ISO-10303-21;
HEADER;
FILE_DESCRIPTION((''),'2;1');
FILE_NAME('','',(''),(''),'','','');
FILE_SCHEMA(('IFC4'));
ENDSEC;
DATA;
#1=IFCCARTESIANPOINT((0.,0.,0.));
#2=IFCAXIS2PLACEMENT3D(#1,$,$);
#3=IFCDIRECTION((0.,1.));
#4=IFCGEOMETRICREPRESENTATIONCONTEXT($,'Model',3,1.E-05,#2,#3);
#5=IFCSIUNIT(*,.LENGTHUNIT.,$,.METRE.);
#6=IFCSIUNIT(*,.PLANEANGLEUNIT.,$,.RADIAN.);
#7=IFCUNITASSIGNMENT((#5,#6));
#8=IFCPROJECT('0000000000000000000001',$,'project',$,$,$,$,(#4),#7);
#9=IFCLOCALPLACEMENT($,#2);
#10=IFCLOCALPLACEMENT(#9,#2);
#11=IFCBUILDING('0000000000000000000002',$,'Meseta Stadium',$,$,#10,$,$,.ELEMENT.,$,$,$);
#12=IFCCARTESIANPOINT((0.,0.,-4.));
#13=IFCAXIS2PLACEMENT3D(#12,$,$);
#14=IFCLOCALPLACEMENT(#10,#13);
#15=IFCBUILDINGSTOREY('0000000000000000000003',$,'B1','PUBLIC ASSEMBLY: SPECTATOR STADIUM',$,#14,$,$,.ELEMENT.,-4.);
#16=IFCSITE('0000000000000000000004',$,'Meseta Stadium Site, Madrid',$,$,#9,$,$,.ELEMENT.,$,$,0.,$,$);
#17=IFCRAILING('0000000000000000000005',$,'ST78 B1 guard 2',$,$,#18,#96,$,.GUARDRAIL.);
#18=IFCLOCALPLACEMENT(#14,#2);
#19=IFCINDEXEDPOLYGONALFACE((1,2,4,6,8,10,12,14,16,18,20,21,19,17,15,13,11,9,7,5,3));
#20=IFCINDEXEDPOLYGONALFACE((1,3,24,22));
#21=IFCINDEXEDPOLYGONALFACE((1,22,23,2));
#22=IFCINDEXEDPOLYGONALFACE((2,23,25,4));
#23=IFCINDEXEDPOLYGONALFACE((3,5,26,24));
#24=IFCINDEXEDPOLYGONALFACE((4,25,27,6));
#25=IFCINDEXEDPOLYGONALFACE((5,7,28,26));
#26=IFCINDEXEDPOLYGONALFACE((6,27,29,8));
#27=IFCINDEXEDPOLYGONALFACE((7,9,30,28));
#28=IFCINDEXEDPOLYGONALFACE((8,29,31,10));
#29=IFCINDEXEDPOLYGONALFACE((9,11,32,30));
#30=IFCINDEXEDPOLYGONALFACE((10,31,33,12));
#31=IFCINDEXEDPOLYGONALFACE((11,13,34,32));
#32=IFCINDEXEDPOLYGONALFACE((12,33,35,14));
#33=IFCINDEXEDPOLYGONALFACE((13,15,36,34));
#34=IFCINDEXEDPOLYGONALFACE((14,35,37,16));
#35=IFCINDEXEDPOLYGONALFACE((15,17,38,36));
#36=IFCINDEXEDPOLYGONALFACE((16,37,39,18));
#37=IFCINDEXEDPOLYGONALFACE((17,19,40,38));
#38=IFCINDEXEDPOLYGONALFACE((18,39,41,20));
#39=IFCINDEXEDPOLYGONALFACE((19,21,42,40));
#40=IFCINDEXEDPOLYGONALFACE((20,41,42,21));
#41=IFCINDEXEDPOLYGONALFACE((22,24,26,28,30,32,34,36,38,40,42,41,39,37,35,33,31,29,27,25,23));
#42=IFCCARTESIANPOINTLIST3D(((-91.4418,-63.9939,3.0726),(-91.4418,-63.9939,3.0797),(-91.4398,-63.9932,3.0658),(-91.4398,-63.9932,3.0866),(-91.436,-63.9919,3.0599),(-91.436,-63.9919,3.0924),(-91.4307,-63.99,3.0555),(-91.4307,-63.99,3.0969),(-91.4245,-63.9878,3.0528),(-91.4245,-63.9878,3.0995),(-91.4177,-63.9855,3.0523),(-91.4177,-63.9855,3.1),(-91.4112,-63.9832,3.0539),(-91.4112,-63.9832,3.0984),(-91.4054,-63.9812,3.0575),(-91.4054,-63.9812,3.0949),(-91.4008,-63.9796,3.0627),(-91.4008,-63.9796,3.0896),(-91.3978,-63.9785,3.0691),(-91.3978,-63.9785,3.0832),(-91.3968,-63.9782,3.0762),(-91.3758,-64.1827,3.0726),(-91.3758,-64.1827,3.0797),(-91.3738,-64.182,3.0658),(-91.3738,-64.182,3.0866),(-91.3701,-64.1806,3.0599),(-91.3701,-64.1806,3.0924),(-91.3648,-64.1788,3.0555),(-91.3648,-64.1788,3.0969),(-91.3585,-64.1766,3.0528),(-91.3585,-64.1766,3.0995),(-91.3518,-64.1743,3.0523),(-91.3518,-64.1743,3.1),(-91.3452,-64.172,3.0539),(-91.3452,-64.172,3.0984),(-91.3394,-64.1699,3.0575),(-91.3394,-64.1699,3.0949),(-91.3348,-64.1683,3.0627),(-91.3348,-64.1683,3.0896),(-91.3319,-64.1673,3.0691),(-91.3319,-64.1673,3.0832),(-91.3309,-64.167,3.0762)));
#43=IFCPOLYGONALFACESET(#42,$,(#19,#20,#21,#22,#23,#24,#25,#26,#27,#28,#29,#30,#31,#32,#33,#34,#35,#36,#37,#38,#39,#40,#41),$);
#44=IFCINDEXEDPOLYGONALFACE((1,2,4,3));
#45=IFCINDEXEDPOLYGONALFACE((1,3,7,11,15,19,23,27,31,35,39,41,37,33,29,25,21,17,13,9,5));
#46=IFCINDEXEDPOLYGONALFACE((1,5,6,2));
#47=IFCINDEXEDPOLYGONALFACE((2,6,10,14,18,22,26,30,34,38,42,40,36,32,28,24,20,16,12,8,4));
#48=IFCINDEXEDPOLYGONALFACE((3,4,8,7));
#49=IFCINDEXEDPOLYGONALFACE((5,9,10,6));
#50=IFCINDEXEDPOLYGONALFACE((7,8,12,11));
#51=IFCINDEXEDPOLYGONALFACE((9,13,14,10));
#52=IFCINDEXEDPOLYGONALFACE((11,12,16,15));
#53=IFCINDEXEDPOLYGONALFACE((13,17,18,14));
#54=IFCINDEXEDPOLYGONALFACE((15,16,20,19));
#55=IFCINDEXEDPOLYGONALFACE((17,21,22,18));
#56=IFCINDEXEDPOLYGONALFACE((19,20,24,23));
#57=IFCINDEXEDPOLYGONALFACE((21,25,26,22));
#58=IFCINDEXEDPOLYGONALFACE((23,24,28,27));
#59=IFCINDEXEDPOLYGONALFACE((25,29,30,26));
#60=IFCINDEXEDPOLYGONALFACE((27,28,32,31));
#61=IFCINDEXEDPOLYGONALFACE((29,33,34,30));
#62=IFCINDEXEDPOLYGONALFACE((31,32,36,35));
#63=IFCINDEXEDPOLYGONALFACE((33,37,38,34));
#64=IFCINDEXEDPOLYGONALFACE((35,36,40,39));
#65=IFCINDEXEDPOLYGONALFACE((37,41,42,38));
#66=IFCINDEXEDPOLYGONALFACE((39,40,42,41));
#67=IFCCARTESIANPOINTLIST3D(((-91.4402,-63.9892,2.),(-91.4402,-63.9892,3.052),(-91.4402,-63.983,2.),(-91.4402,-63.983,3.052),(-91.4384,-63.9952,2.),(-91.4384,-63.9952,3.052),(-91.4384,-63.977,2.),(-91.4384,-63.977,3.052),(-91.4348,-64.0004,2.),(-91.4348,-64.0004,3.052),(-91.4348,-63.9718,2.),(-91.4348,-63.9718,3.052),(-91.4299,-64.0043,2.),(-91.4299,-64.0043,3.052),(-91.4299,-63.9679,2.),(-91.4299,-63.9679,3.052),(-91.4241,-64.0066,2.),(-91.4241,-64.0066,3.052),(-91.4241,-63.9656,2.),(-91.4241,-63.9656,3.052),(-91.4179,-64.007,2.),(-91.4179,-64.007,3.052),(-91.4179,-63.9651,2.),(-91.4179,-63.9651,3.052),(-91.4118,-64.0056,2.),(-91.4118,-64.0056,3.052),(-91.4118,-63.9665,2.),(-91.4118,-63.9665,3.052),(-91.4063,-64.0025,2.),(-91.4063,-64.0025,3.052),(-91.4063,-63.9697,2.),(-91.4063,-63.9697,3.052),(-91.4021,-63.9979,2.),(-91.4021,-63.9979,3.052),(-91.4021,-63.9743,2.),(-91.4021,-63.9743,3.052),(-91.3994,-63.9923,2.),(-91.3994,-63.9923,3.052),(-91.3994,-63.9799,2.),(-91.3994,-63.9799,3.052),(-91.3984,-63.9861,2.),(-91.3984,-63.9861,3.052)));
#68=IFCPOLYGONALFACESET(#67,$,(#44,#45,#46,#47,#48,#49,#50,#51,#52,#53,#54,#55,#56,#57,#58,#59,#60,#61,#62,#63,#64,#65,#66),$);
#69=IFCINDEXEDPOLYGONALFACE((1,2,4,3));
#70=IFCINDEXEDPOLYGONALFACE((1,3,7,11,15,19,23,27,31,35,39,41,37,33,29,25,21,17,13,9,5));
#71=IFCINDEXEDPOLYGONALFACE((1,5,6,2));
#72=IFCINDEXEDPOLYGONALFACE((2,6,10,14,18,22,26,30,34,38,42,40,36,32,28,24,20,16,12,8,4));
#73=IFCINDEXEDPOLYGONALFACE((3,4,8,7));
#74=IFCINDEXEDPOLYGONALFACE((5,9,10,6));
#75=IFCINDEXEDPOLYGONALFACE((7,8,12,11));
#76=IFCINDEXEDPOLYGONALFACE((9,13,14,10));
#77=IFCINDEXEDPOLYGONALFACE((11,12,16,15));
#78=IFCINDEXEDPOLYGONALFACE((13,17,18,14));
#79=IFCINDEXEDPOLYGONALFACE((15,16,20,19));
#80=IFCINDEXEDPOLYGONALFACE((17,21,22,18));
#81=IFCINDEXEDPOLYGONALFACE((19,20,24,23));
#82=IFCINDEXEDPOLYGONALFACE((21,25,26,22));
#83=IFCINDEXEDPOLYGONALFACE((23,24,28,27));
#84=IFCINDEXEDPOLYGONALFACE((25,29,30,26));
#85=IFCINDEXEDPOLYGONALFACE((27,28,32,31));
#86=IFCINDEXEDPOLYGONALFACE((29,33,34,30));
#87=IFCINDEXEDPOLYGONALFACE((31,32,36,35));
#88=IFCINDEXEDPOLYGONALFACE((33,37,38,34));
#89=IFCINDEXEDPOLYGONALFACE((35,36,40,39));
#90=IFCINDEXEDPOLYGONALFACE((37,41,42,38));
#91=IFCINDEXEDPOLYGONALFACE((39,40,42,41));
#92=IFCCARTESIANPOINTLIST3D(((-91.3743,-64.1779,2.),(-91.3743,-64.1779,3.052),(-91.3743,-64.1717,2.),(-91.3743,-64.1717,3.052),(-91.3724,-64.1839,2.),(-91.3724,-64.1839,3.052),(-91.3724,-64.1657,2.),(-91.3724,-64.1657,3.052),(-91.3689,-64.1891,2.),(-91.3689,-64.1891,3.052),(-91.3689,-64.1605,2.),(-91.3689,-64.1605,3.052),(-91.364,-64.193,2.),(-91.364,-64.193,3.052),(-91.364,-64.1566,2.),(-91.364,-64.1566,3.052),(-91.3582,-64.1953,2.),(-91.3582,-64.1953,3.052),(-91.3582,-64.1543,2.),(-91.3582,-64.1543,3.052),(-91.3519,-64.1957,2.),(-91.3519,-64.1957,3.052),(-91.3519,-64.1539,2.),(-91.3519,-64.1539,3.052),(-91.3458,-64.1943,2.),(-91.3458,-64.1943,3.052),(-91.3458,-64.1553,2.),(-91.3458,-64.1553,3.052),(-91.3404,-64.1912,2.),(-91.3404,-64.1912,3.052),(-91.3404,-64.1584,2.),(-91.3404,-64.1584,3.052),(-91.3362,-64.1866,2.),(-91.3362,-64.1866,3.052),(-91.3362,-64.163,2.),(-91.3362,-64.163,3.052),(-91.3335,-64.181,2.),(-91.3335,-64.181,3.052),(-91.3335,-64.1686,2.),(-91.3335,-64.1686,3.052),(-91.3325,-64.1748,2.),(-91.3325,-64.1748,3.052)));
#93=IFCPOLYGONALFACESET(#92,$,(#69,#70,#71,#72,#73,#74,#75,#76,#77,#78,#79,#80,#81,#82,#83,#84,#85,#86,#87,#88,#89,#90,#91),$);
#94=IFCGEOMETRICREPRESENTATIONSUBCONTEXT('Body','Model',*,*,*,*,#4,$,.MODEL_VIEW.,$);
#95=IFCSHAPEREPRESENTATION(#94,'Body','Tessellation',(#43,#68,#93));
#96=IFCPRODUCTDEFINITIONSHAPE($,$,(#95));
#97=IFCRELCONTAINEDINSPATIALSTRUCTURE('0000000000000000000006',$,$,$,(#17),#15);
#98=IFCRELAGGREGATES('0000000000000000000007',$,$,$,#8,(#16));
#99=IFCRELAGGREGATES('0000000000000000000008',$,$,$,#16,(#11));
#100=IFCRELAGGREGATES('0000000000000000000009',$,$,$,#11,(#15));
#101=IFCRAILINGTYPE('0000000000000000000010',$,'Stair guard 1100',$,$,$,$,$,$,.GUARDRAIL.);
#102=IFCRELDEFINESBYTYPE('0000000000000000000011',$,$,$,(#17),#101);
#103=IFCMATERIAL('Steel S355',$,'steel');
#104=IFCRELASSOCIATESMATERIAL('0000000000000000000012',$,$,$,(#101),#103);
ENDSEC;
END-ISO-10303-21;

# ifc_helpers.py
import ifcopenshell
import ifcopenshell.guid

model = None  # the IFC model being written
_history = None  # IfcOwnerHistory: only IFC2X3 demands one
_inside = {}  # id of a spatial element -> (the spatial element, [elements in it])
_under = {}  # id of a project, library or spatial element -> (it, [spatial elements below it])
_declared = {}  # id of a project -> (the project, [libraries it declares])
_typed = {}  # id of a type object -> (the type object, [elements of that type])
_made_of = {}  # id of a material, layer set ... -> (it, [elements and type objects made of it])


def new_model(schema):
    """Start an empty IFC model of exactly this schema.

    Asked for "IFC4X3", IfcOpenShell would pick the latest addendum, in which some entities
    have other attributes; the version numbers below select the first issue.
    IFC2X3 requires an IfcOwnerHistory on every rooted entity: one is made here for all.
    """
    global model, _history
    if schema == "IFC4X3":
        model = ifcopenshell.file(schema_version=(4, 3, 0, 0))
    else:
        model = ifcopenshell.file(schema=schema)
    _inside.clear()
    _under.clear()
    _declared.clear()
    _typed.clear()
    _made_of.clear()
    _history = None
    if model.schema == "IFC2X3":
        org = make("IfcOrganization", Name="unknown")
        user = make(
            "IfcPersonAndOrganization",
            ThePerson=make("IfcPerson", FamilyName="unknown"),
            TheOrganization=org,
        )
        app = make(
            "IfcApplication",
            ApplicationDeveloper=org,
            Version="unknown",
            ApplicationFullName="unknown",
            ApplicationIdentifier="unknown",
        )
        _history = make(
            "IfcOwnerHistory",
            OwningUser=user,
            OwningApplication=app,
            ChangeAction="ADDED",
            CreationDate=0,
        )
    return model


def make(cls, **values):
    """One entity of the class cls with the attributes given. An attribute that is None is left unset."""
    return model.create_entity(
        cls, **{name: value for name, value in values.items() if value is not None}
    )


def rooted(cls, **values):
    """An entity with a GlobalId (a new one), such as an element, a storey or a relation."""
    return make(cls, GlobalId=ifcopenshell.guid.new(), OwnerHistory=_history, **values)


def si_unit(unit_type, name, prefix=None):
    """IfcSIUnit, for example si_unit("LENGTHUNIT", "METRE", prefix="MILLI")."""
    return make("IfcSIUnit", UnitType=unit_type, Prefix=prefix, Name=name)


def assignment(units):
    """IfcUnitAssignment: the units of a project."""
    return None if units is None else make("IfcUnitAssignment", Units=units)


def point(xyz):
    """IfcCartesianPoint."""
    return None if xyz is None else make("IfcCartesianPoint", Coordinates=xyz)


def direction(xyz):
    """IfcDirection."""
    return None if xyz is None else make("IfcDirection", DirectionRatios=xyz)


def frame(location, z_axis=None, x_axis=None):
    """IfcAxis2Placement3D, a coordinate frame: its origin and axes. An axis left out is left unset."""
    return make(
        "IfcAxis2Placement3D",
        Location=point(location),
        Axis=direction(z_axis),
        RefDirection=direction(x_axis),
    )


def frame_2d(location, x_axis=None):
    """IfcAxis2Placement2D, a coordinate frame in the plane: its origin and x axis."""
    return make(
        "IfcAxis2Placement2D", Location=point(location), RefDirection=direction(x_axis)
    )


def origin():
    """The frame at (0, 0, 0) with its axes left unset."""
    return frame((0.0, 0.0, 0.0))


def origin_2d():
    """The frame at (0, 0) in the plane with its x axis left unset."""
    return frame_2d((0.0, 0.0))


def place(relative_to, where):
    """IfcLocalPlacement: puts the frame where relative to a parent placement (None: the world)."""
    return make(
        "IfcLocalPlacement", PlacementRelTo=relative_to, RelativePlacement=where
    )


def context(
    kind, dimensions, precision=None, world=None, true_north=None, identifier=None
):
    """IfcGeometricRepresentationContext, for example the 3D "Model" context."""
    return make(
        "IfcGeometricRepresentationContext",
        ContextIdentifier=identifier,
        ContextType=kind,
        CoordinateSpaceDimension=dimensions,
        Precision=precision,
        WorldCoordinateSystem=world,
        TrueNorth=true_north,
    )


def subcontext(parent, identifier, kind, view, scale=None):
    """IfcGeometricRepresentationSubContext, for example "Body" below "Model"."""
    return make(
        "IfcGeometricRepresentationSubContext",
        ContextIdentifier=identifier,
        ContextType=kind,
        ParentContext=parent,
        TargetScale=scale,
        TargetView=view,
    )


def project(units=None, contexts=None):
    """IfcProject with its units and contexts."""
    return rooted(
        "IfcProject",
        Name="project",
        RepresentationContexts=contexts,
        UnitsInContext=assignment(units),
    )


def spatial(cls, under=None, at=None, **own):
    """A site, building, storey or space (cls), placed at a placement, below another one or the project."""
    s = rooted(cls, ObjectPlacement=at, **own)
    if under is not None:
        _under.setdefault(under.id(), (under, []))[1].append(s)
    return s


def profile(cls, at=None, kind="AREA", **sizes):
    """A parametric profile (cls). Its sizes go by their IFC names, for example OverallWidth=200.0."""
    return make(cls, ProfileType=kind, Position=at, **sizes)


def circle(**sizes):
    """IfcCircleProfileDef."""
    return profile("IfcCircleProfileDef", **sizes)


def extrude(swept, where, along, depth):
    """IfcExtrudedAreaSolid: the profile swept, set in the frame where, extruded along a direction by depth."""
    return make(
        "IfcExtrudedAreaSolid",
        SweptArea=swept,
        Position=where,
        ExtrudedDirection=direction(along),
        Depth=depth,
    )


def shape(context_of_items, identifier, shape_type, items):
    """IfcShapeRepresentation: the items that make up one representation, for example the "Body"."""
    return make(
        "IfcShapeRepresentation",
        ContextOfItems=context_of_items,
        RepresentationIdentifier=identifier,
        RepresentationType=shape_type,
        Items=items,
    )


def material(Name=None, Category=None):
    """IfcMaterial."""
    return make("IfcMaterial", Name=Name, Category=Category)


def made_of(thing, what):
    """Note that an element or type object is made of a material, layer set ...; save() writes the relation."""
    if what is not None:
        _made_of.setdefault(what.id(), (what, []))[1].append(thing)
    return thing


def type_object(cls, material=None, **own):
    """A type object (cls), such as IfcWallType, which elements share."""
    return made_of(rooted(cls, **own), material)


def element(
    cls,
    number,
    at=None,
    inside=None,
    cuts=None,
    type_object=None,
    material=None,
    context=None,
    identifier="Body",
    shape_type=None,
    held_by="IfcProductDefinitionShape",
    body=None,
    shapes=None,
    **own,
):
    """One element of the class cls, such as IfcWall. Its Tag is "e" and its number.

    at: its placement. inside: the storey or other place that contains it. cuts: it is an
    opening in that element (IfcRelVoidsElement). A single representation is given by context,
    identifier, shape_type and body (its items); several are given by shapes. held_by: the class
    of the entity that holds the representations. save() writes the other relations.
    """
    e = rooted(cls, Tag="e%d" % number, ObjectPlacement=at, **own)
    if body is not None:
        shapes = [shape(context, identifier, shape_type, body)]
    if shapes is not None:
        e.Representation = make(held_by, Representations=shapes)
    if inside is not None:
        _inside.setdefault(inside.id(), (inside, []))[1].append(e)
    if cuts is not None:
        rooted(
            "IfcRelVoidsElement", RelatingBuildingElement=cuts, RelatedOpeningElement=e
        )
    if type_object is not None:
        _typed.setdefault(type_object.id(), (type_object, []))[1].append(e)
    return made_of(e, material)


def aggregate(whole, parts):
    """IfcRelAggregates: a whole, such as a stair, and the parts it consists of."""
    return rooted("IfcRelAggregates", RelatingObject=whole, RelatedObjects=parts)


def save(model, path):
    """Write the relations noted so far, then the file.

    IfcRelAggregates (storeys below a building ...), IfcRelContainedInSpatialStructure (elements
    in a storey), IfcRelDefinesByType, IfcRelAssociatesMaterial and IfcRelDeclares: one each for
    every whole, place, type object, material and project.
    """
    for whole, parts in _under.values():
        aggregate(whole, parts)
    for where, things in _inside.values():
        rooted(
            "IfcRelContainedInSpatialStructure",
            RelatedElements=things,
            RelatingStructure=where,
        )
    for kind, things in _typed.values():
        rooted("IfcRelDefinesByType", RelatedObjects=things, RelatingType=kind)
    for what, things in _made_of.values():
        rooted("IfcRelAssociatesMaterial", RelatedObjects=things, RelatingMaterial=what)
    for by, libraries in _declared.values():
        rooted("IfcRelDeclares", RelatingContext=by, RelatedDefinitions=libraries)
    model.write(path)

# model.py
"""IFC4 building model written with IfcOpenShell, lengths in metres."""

from ifc_helpers import new_model, si_unit, direction, frame, origin, origin_2d, place, context, subcontext, project, spatial, circle, extrude, material, type_object, element, save


model = new_model("IFC4")

# Units and contexts
model_context = context("Model", 3, precision=1e-05, world=origin(), true_north=direction((0.0, 1.0)))
body_context = subcontext(model_context, "Body", "Model", "MODEL_VIEW")
ifc_project = project(units=[si_unit("LENGTHUNIT", "METRE"), si_unit("PLANEANGLEUNIT", "RADIAN")], contexts=[model_context])

# Site, building, storey
site_placement = place(None, origin())
site = spatial("IfcSite", under=ifc_project, at=site_placement, Name="Meseta Stadium Site, Madrid", CompositionType="ELEMENT", RefElevation=0.0)
building_placement = place(site_placement, origin())
building = spatial("IfcBuilding", under=site, at=building_placement, Name="Meseta Stadium", CompositionType="ELEMENT")
storey_placement = place(building_placement, frame((0.0, 0.0, -4.0)))
storey = spatial("IfcBuildingStorey", under=building, at=storey_placement, Name="B1", Description="PUBLIC ASSEMBLY: SPECTATOR STADIUM", CompositionType="ELEMENT", Elevation=-4.0)

# Railing
ifc_material_1 = material(Name="Steel S355", Category="steel")
railing_type_1 = type_object("IfcRailingType", Name="Stair guard 1100", PredefinedType="GUARDRAIL", material=ifc_material_1)
railing_1_placement = place(storey_placement, frame((-91.4194, -63.9861, 2.0)))
element("IfcRailing", 1, at=railing_1_placement, inside=storey, type_object=railing_type_1, Name="ST78 B1 guard 2", PredefinedType="GUARDRAIL", context=body_context, shape_type="SweptSolid", body=[
    extrude(circle(Radius=0.0239, at=origin_2d()), frame((0.0, 0.0, 1.0762), z_axis=(0.329752, -0.944068, 0.0), x_axis=(0.944068, 0.329752, 0.0)), (0.0, 0.0, 1.0), 0.2),
    extrude(circle(Radius=0.021, at=origin_2d()), origin(), (0.0, 0.0, 1.0), 1.052),
    extrude(circle(Radius=0.021, at=origin_2d()), frame((0.0659, -0.1887, 0.0)), (0.0, 0.0, 1.0), 1.052),
])

save(model, "model.ifc")
